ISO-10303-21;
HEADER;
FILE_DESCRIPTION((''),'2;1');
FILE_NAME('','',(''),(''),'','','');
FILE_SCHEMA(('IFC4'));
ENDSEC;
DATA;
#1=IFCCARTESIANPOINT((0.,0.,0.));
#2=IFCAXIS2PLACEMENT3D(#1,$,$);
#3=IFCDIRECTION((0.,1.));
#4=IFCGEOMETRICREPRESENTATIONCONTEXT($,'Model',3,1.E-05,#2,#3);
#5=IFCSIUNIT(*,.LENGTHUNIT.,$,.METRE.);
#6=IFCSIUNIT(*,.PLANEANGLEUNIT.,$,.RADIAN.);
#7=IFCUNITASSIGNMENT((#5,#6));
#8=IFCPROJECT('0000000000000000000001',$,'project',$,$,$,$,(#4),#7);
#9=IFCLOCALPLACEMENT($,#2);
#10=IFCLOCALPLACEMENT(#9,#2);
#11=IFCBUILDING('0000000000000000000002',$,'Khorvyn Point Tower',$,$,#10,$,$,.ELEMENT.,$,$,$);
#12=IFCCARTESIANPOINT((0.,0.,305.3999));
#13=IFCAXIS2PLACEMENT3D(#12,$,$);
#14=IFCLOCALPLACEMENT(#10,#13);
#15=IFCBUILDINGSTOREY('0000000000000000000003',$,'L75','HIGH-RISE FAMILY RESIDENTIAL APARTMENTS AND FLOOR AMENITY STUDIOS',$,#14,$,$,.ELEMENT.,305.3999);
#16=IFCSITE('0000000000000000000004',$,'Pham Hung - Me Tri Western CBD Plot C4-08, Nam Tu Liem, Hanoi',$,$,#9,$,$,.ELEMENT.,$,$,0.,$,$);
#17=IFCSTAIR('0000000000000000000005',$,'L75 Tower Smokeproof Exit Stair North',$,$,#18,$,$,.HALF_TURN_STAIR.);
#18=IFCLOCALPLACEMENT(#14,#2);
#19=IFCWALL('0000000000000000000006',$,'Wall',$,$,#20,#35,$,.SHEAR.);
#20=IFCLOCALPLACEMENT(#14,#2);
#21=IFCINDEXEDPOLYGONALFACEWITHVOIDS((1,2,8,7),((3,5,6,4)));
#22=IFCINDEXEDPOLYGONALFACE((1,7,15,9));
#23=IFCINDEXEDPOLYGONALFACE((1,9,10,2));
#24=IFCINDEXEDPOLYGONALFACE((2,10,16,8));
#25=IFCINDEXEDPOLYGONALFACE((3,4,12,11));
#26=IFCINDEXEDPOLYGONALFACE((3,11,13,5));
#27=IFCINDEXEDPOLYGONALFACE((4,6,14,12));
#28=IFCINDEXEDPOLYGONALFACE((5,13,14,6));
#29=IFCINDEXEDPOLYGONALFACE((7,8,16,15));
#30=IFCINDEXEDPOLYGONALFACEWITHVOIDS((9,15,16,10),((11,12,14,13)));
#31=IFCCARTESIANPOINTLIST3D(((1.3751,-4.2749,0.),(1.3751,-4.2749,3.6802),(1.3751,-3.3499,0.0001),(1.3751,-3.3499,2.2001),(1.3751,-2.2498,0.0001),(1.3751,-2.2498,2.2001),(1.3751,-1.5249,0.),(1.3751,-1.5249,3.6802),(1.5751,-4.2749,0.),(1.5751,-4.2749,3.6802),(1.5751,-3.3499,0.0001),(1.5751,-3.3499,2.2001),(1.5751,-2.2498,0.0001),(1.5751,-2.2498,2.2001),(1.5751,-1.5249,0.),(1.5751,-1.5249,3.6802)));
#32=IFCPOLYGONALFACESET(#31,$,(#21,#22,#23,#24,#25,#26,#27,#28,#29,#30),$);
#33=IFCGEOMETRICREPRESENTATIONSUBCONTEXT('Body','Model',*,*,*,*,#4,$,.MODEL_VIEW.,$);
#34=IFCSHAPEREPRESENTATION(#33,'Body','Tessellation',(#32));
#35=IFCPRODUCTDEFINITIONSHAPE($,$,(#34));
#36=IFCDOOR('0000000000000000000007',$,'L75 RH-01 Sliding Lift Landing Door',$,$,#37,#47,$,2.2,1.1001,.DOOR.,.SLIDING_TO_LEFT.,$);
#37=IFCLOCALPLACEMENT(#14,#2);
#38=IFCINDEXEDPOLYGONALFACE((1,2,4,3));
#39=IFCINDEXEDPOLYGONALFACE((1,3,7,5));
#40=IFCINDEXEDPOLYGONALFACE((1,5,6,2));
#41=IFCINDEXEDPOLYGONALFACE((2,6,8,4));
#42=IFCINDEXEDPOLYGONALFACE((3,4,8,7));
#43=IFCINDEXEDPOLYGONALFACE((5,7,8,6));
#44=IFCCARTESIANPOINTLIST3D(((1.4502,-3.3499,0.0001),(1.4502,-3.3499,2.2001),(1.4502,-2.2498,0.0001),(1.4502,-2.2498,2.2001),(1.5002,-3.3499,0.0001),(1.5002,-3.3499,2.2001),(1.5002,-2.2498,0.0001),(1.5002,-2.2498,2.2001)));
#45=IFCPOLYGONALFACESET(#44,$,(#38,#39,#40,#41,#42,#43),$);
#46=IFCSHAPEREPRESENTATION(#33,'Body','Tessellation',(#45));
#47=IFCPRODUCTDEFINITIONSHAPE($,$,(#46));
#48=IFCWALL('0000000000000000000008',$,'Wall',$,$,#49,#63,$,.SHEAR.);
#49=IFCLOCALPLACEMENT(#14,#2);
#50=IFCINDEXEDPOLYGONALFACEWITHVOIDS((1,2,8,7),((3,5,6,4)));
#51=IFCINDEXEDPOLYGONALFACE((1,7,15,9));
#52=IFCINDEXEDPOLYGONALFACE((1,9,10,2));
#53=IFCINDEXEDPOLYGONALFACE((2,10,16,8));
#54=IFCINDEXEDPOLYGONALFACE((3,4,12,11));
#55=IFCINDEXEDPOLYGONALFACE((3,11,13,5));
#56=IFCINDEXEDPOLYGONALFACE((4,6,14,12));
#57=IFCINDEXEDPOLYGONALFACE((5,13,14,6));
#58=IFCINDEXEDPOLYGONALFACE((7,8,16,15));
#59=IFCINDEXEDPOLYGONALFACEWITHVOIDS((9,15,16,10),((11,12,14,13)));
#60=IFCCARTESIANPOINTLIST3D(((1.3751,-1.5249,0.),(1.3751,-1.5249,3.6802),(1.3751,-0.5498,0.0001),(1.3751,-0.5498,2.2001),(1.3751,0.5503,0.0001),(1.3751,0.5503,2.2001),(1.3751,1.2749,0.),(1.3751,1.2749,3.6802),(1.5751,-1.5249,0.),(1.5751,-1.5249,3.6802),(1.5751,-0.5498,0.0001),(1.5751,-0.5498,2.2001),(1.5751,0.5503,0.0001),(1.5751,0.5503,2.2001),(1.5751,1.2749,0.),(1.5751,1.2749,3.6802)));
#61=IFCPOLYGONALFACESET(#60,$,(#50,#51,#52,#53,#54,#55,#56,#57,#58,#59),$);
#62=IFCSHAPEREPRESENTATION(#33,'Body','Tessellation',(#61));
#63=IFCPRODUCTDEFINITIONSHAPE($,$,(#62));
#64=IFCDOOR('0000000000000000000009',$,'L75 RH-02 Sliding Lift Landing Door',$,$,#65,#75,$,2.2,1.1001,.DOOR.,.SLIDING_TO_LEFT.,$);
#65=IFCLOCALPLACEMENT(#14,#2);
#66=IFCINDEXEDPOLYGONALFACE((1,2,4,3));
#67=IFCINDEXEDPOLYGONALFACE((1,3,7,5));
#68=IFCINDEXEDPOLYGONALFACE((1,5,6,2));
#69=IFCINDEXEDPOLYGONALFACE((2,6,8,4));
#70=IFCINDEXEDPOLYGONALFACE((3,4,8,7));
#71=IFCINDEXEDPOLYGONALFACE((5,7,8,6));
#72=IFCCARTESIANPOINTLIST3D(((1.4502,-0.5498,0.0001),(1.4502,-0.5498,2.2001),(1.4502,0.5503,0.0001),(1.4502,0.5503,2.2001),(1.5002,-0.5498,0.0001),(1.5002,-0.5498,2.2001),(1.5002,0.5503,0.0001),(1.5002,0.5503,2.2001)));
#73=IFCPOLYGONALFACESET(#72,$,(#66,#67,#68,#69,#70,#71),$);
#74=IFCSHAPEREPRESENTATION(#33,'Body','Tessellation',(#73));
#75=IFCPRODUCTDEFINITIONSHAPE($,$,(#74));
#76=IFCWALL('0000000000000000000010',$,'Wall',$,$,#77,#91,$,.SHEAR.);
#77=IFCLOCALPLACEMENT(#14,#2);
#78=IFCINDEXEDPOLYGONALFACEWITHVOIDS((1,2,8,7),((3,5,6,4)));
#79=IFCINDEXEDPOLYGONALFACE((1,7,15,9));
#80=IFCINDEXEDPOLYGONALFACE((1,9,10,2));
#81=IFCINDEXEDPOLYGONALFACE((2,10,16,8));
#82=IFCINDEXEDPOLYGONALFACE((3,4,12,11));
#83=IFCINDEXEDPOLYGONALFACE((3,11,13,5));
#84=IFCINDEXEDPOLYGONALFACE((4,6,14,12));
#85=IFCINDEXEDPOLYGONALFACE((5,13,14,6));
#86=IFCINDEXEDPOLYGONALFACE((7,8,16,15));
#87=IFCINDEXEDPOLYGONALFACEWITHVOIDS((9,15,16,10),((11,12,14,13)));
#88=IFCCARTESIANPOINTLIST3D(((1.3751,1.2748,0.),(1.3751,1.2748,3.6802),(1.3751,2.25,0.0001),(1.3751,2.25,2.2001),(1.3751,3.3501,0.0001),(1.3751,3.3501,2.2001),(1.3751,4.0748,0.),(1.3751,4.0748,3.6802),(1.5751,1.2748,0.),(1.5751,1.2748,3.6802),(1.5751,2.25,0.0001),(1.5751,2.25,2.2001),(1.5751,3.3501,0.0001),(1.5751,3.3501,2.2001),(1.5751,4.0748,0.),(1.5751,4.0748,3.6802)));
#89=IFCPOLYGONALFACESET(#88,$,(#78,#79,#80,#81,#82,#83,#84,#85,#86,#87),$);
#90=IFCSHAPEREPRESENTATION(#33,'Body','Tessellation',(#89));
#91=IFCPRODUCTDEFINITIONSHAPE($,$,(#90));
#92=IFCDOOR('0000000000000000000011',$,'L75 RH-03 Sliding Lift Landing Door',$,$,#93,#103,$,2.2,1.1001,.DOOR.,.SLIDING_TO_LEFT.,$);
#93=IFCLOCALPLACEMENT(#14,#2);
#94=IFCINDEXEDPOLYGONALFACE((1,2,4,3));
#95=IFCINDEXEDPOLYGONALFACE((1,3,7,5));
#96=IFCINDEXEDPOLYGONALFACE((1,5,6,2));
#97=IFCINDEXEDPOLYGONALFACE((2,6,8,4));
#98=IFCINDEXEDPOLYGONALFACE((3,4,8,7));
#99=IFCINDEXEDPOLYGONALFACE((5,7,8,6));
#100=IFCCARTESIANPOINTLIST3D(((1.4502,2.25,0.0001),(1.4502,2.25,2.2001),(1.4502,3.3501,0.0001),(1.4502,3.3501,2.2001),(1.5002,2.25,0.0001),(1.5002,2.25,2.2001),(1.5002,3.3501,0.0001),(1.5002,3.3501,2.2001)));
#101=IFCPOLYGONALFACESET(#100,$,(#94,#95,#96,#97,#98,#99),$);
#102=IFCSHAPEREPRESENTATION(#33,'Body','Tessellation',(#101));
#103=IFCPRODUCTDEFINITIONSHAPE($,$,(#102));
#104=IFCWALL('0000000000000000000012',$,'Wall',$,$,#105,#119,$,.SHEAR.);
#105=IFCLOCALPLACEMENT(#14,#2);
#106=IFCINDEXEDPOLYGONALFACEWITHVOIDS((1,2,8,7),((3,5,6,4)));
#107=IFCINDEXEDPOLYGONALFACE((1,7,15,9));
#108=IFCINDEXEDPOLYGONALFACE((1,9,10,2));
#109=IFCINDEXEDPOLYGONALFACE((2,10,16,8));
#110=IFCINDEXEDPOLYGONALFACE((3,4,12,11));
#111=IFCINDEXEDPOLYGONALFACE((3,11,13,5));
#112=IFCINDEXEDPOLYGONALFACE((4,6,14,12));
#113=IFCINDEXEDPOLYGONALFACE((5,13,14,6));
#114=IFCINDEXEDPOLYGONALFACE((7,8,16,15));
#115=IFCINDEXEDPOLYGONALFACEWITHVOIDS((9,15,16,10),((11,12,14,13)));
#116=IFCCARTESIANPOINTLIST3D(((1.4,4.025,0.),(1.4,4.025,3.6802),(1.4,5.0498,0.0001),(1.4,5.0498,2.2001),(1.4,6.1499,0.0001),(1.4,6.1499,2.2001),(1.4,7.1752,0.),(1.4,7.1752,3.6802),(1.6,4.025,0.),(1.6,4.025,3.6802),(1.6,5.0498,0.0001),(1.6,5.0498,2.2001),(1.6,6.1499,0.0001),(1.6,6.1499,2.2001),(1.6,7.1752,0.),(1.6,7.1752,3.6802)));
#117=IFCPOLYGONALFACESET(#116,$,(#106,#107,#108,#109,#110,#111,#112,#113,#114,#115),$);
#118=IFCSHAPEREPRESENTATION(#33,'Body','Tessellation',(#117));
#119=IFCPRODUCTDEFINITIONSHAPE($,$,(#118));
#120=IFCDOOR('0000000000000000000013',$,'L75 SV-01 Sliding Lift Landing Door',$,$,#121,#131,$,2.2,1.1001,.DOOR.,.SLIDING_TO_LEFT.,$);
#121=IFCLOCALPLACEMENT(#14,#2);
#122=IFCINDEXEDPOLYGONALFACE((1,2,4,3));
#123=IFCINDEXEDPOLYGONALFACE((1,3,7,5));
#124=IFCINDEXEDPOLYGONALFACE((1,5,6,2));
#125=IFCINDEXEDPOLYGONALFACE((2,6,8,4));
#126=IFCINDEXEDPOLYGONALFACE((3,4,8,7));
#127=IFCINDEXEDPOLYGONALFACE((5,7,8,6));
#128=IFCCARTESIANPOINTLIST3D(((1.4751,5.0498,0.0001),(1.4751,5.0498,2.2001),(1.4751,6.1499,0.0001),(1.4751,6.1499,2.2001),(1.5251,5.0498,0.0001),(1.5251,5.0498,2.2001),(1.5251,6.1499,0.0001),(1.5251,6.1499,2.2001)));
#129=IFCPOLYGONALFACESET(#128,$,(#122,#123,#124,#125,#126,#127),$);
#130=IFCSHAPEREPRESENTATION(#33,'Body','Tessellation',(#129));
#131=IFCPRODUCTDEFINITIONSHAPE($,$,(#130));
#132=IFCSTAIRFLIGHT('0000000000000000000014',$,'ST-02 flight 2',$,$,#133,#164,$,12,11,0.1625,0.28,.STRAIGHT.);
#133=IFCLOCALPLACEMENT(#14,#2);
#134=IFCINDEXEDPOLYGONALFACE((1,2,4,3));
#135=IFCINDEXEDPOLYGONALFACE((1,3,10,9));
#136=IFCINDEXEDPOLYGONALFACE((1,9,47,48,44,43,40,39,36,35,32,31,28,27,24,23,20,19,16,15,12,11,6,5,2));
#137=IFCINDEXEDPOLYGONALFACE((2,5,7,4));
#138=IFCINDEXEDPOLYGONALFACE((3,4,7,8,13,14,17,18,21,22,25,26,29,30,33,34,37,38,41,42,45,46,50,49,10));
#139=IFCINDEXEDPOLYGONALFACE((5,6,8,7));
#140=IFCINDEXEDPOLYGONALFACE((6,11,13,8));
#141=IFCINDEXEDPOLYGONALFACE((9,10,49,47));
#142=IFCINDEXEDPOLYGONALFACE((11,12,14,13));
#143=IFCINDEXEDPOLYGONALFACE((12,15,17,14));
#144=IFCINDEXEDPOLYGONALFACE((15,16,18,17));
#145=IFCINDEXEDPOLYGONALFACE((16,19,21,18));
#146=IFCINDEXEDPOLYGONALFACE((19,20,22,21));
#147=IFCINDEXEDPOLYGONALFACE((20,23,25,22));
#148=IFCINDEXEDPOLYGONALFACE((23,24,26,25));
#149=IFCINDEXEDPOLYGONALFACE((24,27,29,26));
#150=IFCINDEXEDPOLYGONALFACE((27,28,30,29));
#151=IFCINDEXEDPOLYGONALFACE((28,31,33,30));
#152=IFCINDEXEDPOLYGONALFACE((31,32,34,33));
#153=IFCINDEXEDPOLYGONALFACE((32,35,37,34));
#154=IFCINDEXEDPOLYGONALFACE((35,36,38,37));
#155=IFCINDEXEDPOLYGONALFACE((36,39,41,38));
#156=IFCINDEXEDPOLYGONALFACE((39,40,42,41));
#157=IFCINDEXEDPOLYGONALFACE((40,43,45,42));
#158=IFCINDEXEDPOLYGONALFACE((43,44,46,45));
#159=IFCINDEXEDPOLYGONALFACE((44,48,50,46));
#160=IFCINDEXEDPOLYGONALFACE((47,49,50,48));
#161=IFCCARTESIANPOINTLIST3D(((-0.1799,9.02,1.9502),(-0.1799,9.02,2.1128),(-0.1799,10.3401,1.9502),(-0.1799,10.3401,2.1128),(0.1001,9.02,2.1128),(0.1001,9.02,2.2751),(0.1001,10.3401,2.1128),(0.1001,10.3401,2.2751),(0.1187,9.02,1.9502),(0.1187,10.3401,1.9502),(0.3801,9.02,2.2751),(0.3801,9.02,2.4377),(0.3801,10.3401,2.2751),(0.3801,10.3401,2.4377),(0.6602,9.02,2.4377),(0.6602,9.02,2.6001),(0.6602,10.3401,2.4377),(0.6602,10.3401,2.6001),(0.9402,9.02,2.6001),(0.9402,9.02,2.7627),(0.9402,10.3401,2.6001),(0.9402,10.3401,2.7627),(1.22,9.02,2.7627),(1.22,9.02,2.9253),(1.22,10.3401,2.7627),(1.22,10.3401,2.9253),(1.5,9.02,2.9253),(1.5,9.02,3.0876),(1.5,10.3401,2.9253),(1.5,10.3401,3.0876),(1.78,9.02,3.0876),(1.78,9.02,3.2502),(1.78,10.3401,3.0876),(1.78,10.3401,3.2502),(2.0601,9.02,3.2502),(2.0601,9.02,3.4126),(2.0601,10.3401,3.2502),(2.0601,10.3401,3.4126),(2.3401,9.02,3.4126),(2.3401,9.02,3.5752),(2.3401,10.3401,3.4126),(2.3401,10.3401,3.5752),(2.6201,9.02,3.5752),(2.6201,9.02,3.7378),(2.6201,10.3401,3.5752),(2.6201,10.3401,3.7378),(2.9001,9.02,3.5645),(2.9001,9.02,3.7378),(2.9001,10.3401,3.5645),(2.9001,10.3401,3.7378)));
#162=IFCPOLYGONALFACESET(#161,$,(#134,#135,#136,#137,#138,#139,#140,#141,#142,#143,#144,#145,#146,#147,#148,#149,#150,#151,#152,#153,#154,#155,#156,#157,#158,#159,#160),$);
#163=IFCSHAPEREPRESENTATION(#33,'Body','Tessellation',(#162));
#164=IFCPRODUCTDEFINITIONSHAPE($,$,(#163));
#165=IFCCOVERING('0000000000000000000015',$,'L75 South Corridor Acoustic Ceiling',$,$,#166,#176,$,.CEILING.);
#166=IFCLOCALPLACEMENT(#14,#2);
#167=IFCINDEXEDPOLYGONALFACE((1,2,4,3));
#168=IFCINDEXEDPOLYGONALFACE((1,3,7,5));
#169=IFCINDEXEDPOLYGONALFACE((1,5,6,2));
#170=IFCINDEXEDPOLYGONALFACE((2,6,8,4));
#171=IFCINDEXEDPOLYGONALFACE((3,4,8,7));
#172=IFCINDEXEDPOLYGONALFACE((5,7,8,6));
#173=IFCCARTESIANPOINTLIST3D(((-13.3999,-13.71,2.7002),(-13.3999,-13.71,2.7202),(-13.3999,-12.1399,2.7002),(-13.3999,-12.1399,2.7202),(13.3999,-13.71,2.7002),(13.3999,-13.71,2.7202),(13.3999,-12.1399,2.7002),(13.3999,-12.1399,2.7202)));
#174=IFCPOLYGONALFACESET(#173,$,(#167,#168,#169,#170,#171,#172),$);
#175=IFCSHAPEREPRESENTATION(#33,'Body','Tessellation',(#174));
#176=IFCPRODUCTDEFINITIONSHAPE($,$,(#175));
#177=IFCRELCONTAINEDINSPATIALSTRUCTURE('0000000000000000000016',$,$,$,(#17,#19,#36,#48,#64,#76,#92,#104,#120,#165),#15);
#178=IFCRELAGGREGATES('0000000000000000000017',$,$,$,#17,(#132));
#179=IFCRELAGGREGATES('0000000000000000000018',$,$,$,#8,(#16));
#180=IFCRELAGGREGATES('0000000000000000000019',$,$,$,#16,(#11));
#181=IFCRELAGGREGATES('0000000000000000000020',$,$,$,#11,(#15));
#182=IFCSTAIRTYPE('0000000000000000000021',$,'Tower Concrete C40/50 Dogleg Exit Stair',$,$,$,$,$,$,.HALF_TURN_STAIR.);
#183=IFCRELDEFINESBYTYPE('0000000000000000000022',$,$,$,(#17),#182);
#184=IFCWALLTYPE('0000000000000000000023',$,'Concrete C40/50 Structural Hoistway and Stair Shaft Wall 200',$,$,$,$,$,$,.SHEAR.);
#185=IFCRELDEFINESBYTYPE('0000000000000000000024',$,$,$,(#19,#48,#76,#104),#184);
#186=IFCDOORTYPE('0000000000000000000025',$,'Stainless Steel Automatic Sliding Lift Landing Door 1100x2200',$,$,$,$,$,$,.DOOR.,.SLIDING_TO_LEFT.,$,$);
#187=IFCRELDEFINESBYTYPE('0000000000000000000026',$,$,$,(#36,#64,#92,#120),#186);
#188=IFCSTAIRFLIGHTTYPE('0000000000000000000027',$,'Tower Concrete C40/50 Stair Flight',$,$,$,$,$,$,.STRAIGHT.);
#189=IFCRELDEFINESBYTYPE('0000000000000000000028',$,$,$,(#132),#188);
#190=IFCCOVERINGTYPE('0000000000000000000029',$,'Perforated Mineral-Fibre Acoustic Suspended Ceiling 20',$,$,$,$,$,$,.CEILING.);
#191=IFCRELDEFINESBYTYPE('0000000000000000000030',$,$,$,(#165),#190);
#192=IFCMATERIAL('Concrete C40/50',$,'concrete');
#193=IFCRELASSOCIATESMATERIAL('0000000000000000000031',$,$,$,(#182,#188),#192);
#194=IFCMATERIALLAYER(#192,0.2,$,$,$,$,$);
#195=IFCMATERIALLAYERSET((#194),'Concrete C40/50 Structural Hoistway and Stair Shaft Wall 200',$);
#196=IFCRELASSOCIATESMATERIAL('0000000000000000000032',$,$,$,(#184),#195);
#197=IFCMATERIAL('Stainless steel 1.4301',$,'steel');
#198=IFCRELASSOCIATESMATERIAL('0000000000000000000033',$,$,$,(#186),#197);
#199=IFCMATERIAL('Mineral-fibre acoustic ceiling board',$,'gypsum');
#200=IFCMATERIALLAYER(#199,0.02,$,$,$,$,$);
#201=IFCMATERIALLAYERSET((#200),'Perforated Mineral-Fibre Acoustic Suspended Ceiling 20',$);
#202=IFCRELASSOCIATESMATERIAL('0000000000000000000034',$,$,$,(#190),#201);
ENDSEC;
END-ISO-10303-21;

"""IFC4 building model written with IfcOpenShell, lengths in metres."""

from ifc_helpers import new_model, si_unit, direction, frame, frame_2d, origin, place, context, subcontext, project, spatial, polyline, rectangle, outline, extrude, material, layer, layer_set, type_object, element, fill, aggregate, save


model = new_model("IFC4")

# Units and contexts
model_context = context("Model", 3, precision=1e-05, world=origin(), true_north=direction((0.0, 1.0)))
body_context = subcontext(model_context, "Body", "Model", "MODEL_VIEW")
ifc_project = project(units=[si_unit("LENGTHUNIT", "METRE"), si_unit("PLANEANGLEUNIT", "RADIAN")], contexts=[model_context])

# Site, building, storey
site_placement = place(None, origin())
site = spatial("IfcSite", under=ifc_project, at=site_placement, Name="Pham Hung - Me Tri Western CBD Plot C4-08, Nam Tu Liem, Hanoi", CompositionType="ELEMENT", RefElevation=0.0)
building_placement = place(site_placement, origin())
building = spatial("IfcBuilding", under=site, at=building_placement, Name="Khorvyn Point Tower", CompositionType="ELEMENT")
storey_placement = place(building_placement, frame((0.0, 0.0, 305.3999)))
storey = spatial("IfcBuildingStorey", under=building, at=storey_placement, Name="L75", Description="HIGH-RISE FAMILY RESIDENTIAL APARTMENTS AND FLOOR AMENITY STUDIOS", CompositionType="ELEMENT", Elevation=305.3999)

# Shared definitions
ifc_material_1 = material(Name="Concrete C40/50", Category="concrete")

# Stair
stair_type = type_object("IfcStairType", Name="Tower Concrete C40/50 Dogleg Exit Stair", PredefinedType="HALF_TURN_STAIR", material=ifc_material_1)
stair_1_placement = place(storey_placement, origin())
stair_1 = element("IfcStair", 1, at=stair_1_placement, inside=storey, type_object=stair_type, Name="L75 Tower Smokeproof Exit Stair North", PredefinedType="HALF_TURN_STAIR")

# Walls, openings, doors
ifc_layer_1 = layer(ifc_material_1, 0.2)
ifc_layer_set_1 = layer_set([ifc_layer_1], Name="Concrete C40/50 Structural Hoistway and Stair Shaft Wall 200")
wall_type_1 = type_object("IfcWallType", Name="Concrete C40/50 Structural Hoistway and Stair Shaft Wall 200", PredefinedType="SHEAR", material=ifc_layer_set_1)
wall_1_placement = place(storey_placement, frame((1.4751, -4.2749, 0.0), z_axis=(0.0, 0.0, 1.0), x_axis=(0.0, 1.0, 0.0)))
wall_1 = element("IfcWall", 2, at=wall_1_placement, inside=storey, type_object=wall_type_1, Name="Wall", PredefinedType="SHEAR", context=body_context, shape_type="SweptSolid", body=[
    extrude(rectangle(XDim=2.75, YDim=0.2, at=frame_2d((1.375, 0.0))), origin(), (0.0, 0.0, 1.0), 3.6802),
])
opening_1_placement = place(wall_1_placement, frame((0.925, 0.0, 0.0)))
opening_1 = element("IfcOpeningElement", 3, at=opening_1_placement, cuts=wall_1, PredefinedType="OPENING", context=body_context, shape_type="SweptSolid", body=[
    extrude(rectangle(XDim=1.1001, YDim=2.2, at=frame_2d((0.55, 1.1001))), frame((0.0, 0.1099, 0.0), z_axis=(0.0, -1.0, 0.0), x_axis=(1.0, 0.0, 0.0)), (0.0, 0.0, 1.0), 0.22),
])
ifc_material_2 = material(Name="Stainless steel 1.4301", Category="steel")
door_type = type_object("IfcDoorType", Name="Stainless Steel Automatic Sliding Lift Landing Door 1100x2200", OperationType="SLIDING_TO_LEFT", PredefinedType="DOOR", material=ifc_material_2)
door_1_placement = place(opening_1_placement, origin())
door_1 = element("IfcDoor", 4, at=door_1_placement, inside=storey, type_object=door_type, Name="L75 RH-01 Sliding Lift Landing Door", OperationType="SLIDING_TO_LEFT", OverallHeight=2.2, OverallWidth=1.1001, PredefinedType="DOOR", context=body_context, shape_type="SweptSolid", body=[
    extrude(rectangle(XDim=1.1001, YDim=2.2, at=frame_2d((0.55, 1.1001))), frame((0.0, 0.0249, 0.0), z_axis=(0.0, -1.0, 0.0), x_axis=(1.0, 0.0, 0.0)), (0.0, 0.0, 1.0), 0.05),
])
fill(opening_1, door_1)
wall_2_placement = place(storey_placement, frame((1.4751, -1.5249, 0.0), z_axis=(0.0, 0.0, 1.0), x_axis=(0.0, 1.0, 0.0)))
wall_2 = element("IfcWall", 5, at=wall_2_placement, inside=storey, type_object=wall_type_1, Name="Wall", PredefinedType="SHEAR", context=body_context, shape_type="SweptSolid", body=[
    extrude(rectangle(XDim=2.7998, YDim=0.2, at=frame_2d((1.3999, 0.0))), origin(), (0.0, 0.0, 1.0), 3.6802),
])
opening_2_placement = place(wall_2_placement, frame((0.9751, 0.0, 0.0)))
opening_2 = element("IfcOpeningElement", 6, at=opening_2_placement, cuts=wall_2, PredefinedType="OPENING", context=body_context, shape_type="SweptSolid", body=[
    extrude(rectangle(XDim=1.1001, YDim=2.2, at=frame_2d((0.55, 1.1001))), frame((0.0, 0.1099, 0.0), z_axis=(0.0, -1.0, 0.0), x_axis=(1.0, 0.0, 0.0)), (0.0, 0.0, 1.0), 0.22),
])
door_2_placement = place(opening_2_placement, origin())
door_2 = element("IfcDoor", 7, at=door_2_placement, inside=storey, type_object=door_type, Name="L75 RH-02 Sliding Lift Landing Door", OperationType="SLIDING_TO_LEFT", OverallHeight=2.2, OverallWidth=1.1001, PredefinedType="DOOR", context=body_context, shape_type="SweptSolid", body=[
    extrude(rectangle(XDim=1.1001, YDim=2.2, at=frame_2d((0.55, 1.1001))), frame((0.0, 0.0249, 0.0), z_axis=(0.0, -1.0, 0.0), x_axis=(1.0, 0.0, 0.0)), (0.0, 0.0, 1.0), 0.05),
])
fill(opening_2, door_2)
wall_3_placement = place(storey_placement, frame((1.4751, 1.2749, 0.0), z_axis=(0.0, 0.0, 1.0), x_axis=(0.0, 1.0, 0.0)))
wall_3 = element("IfcWall", 8, at=wall_3_placement, inside=storey, type_object=wall_type_1, Name="Wall", PredefinedType="SHEAR", context=body_context, shape_type="SweptSolid", body=[
    extrude(rectangle(XDim=2.8, YDim=0.2, at=frame_2d((1.3999, 0.0))), origin(), (0.0, 0.0, 1.0), 3.6802),
])
opening_3_placement = place(wall_3_placement, frame((0.9751, 0.0, 0.0)))
opening_3 = element("IfcOpeningElement", 9, at=opening_3_placement, cuts=wall_3, PredefinedType="OPENING", context=body_context, shape_type="SweptSolid", body=[
    extrude(rectangle(XDim=1.1001, YDim=2.2, at=frame_2d((0.55, 1.1001))), frame((0.0, 0.1099, 0.0), z_axis=(0.0, -1.0, 0.0), x_axis=(1.0, 0.0, 0.0)), (0.0, 0.0, 1.0), 0.22),
])
door_3_placement = place(opening_3_placement, origin())
door_3 = element("IfcDoor", 10, at=door_3_placement, inside=storey, type_object=door_type, Name="L75 RH-03 Sliding Lift Landing Door", OperationType="SLIDING_TO_LEFT", OverallHeight=2.2, OverallWidth=1.1001, PredefinedType="DOOR", context=body_context, shape_type="SweptSolid", body=[
    extrude(rectangle(XDim=1.1001, YDim=2.2, at=frame_2d((0.55, 1.1001))), frame((0.0, 0.0249, 0.0), z_axis=(0.0, -1.0, 0.0), x_axis=(1.0, 0.0, 0.0)), (0.0, 0.0, 1.0), 0.05),
])
fill(opening_3, door_3)
wall_4_placement = place(storey_placement, frame((1.5, 4.0249, 0.0), z_axis=(0.0, 0.0, 1.0), x_axis=(0.0, 1.0, 0.0)))
wall_4 = element("IfcWall", 11, at=wall_4_placement, inside=storey, type_object=wall_type_1, Name="Wall", PredefinedType="SHEAR", context=body_context, shape_type="SweptSolid", body=[
    extrude(rectangle(XDim=3.1501, YDim=0.2, at=frame_2d((1.5752, 0.0))), origin(), (0.0, 0.0, 1.0), 3.6802),
])
opening_4_placement = place(wall_4_placement, frame((1.0249, 0.0, 0.0)))
opening_4 = element("IfcOpeningElement", 12, at=opening_4_placement, cuts=wall_4, PredefinedType="OPENING", context=body_context, shape_type="SweptSolid", body=[
    extrude(rectangle(XDim=1.1001, YDim=2.2, at=frame_2d((0.55, 1.1001))), frame((0.0, 0.1099, 0.0), z_axis=(0.0, -1.0, 0.0), x_axis=(1.0, 0.0, 0.0)), (0.0, 0.0, 1.0), 0.22),
])
door_4_placement = place(opening_4_placement, origin())
door_4 = element("IfcDoor", 13, at=door_4_placement, inside=storey, type_object=door_type, Name="L75 SV-01 Sliding Lift Landing Door", OperationType="SLIDING_TO_LEFT", OverallHeight=2.2, OverallWidth=1.1001, PredefinedType="DOOR", context=body_context, shape_type="SweptSolid", body=[
    extrude(rectangle(XDim=1.1001, YDim=2.2, at=frame_2d((0.55, 1.1001))), frame((0.0, 0.0249, 0.0), z_axis=(0.0, -1.0, 0.0), x_axis=(1.0, 0.0, 0.0)), (0.0, 0.0, 1.0), 0.05),
])
fill(opening_4, door_4)

# Stair flight
stair_flight_type = type_object("IfcStairFlightType", Name="Tower Concrete C40/50 Stair Flight", PredefinedType="STRAIGHT", material=ifc_material_1)
stair_flight_placement = place(storey_placement, frame((-0.1799, 9.6799, 1.9502), z_axis=(0.0, 0.0, 1.0), x_axis=(1.0, 0.0, 0.0)))
stair_flight = element("IfcStairFlight", 14, at=stair_flight_placement, type_object=stair_flight_type, Name="ST-02 flight 2", NumberOfRisers=12, NumberOfTreads=11, PredefinedType="STRAIGHT", RiserHeight=0.1625, TreadLength=0.28, context=body_context, shape_type="SweptSolid", body=[
    extrude(outline(polyline([(0.0, 0.0), (0.0, 0.1626), (0.28, 0.1626), (0.28, 0.325), (0.5601, 0.325), (0.5601, 0.4875), (0.8401, 0.4875), (0.8401, 0.6499), (1.1201, 0.6499), (1.1201, 0.8125), (1.3999, 0.8125), (1.3999, 0.9751), (1.6799, 0.9751), (1.6799, 1.1375), (1.96, 1.1375), (1.96, 1.3), (2.24, 1.3), (2.24, 1.4624), (2.52, 1.4624), (2.52, 1.625), (2.8, 1.625), (2.8, 1.7876), (3.0801, 1.7876), (3.0801, 1.95), (3.0801, 1.6143), (0.2986, 0.0), (0.0, 0.0)])), frame((0.0, 0.6602, 0.0), z_axis=(0.0, -1.0, 0.0), x_axis=(1.0, 0.0, 0.0)), (0.0, 0.0, 1.0), 1.3201),
])
aggregate(stair_1, [stair_flight])

# Covering
ifc_material_3 = material(Name="Mineral-fibre acoustic ceiling board", Category="gypsum")
ifc_layer_2 = layer(ifc_material_3, 0.02)
ifc_layer_set_2 = layer_set([ifc_layer_2], Name="Perforated Mineral-Fibre Acoustic Suspended Ceiling 20")
covering_type_1 = type_object("IfcCoveringType", Name="Perforated Mineral-Fibre Acoustic Suspended Ceiling 20", PredefinedType="CEILING", material=ifc_layer_set_2)
covering_1_placement = place(storey_placement, frame((0.0, 0.0, 2.7002)))
element("IfcCovering", 15, at=covering_1_placement, inside=storey, type_object=covering_type_1, Name="L75 South Corridor Acoustic Ceiling", PredefinedType="CEILING", context=body_context, shape_type="SweptSolid", body=[
    extrude(outline(polyline([(-13.3999, -13.71), (13.3999, -13.71), (13.3999, -12.1399), (-13.3999, -12.1399), (-13.3999, -13.71)])), origin(), (0.0, 0.0, 1.0), 0.02),
])

save(model, "model.ifc")
